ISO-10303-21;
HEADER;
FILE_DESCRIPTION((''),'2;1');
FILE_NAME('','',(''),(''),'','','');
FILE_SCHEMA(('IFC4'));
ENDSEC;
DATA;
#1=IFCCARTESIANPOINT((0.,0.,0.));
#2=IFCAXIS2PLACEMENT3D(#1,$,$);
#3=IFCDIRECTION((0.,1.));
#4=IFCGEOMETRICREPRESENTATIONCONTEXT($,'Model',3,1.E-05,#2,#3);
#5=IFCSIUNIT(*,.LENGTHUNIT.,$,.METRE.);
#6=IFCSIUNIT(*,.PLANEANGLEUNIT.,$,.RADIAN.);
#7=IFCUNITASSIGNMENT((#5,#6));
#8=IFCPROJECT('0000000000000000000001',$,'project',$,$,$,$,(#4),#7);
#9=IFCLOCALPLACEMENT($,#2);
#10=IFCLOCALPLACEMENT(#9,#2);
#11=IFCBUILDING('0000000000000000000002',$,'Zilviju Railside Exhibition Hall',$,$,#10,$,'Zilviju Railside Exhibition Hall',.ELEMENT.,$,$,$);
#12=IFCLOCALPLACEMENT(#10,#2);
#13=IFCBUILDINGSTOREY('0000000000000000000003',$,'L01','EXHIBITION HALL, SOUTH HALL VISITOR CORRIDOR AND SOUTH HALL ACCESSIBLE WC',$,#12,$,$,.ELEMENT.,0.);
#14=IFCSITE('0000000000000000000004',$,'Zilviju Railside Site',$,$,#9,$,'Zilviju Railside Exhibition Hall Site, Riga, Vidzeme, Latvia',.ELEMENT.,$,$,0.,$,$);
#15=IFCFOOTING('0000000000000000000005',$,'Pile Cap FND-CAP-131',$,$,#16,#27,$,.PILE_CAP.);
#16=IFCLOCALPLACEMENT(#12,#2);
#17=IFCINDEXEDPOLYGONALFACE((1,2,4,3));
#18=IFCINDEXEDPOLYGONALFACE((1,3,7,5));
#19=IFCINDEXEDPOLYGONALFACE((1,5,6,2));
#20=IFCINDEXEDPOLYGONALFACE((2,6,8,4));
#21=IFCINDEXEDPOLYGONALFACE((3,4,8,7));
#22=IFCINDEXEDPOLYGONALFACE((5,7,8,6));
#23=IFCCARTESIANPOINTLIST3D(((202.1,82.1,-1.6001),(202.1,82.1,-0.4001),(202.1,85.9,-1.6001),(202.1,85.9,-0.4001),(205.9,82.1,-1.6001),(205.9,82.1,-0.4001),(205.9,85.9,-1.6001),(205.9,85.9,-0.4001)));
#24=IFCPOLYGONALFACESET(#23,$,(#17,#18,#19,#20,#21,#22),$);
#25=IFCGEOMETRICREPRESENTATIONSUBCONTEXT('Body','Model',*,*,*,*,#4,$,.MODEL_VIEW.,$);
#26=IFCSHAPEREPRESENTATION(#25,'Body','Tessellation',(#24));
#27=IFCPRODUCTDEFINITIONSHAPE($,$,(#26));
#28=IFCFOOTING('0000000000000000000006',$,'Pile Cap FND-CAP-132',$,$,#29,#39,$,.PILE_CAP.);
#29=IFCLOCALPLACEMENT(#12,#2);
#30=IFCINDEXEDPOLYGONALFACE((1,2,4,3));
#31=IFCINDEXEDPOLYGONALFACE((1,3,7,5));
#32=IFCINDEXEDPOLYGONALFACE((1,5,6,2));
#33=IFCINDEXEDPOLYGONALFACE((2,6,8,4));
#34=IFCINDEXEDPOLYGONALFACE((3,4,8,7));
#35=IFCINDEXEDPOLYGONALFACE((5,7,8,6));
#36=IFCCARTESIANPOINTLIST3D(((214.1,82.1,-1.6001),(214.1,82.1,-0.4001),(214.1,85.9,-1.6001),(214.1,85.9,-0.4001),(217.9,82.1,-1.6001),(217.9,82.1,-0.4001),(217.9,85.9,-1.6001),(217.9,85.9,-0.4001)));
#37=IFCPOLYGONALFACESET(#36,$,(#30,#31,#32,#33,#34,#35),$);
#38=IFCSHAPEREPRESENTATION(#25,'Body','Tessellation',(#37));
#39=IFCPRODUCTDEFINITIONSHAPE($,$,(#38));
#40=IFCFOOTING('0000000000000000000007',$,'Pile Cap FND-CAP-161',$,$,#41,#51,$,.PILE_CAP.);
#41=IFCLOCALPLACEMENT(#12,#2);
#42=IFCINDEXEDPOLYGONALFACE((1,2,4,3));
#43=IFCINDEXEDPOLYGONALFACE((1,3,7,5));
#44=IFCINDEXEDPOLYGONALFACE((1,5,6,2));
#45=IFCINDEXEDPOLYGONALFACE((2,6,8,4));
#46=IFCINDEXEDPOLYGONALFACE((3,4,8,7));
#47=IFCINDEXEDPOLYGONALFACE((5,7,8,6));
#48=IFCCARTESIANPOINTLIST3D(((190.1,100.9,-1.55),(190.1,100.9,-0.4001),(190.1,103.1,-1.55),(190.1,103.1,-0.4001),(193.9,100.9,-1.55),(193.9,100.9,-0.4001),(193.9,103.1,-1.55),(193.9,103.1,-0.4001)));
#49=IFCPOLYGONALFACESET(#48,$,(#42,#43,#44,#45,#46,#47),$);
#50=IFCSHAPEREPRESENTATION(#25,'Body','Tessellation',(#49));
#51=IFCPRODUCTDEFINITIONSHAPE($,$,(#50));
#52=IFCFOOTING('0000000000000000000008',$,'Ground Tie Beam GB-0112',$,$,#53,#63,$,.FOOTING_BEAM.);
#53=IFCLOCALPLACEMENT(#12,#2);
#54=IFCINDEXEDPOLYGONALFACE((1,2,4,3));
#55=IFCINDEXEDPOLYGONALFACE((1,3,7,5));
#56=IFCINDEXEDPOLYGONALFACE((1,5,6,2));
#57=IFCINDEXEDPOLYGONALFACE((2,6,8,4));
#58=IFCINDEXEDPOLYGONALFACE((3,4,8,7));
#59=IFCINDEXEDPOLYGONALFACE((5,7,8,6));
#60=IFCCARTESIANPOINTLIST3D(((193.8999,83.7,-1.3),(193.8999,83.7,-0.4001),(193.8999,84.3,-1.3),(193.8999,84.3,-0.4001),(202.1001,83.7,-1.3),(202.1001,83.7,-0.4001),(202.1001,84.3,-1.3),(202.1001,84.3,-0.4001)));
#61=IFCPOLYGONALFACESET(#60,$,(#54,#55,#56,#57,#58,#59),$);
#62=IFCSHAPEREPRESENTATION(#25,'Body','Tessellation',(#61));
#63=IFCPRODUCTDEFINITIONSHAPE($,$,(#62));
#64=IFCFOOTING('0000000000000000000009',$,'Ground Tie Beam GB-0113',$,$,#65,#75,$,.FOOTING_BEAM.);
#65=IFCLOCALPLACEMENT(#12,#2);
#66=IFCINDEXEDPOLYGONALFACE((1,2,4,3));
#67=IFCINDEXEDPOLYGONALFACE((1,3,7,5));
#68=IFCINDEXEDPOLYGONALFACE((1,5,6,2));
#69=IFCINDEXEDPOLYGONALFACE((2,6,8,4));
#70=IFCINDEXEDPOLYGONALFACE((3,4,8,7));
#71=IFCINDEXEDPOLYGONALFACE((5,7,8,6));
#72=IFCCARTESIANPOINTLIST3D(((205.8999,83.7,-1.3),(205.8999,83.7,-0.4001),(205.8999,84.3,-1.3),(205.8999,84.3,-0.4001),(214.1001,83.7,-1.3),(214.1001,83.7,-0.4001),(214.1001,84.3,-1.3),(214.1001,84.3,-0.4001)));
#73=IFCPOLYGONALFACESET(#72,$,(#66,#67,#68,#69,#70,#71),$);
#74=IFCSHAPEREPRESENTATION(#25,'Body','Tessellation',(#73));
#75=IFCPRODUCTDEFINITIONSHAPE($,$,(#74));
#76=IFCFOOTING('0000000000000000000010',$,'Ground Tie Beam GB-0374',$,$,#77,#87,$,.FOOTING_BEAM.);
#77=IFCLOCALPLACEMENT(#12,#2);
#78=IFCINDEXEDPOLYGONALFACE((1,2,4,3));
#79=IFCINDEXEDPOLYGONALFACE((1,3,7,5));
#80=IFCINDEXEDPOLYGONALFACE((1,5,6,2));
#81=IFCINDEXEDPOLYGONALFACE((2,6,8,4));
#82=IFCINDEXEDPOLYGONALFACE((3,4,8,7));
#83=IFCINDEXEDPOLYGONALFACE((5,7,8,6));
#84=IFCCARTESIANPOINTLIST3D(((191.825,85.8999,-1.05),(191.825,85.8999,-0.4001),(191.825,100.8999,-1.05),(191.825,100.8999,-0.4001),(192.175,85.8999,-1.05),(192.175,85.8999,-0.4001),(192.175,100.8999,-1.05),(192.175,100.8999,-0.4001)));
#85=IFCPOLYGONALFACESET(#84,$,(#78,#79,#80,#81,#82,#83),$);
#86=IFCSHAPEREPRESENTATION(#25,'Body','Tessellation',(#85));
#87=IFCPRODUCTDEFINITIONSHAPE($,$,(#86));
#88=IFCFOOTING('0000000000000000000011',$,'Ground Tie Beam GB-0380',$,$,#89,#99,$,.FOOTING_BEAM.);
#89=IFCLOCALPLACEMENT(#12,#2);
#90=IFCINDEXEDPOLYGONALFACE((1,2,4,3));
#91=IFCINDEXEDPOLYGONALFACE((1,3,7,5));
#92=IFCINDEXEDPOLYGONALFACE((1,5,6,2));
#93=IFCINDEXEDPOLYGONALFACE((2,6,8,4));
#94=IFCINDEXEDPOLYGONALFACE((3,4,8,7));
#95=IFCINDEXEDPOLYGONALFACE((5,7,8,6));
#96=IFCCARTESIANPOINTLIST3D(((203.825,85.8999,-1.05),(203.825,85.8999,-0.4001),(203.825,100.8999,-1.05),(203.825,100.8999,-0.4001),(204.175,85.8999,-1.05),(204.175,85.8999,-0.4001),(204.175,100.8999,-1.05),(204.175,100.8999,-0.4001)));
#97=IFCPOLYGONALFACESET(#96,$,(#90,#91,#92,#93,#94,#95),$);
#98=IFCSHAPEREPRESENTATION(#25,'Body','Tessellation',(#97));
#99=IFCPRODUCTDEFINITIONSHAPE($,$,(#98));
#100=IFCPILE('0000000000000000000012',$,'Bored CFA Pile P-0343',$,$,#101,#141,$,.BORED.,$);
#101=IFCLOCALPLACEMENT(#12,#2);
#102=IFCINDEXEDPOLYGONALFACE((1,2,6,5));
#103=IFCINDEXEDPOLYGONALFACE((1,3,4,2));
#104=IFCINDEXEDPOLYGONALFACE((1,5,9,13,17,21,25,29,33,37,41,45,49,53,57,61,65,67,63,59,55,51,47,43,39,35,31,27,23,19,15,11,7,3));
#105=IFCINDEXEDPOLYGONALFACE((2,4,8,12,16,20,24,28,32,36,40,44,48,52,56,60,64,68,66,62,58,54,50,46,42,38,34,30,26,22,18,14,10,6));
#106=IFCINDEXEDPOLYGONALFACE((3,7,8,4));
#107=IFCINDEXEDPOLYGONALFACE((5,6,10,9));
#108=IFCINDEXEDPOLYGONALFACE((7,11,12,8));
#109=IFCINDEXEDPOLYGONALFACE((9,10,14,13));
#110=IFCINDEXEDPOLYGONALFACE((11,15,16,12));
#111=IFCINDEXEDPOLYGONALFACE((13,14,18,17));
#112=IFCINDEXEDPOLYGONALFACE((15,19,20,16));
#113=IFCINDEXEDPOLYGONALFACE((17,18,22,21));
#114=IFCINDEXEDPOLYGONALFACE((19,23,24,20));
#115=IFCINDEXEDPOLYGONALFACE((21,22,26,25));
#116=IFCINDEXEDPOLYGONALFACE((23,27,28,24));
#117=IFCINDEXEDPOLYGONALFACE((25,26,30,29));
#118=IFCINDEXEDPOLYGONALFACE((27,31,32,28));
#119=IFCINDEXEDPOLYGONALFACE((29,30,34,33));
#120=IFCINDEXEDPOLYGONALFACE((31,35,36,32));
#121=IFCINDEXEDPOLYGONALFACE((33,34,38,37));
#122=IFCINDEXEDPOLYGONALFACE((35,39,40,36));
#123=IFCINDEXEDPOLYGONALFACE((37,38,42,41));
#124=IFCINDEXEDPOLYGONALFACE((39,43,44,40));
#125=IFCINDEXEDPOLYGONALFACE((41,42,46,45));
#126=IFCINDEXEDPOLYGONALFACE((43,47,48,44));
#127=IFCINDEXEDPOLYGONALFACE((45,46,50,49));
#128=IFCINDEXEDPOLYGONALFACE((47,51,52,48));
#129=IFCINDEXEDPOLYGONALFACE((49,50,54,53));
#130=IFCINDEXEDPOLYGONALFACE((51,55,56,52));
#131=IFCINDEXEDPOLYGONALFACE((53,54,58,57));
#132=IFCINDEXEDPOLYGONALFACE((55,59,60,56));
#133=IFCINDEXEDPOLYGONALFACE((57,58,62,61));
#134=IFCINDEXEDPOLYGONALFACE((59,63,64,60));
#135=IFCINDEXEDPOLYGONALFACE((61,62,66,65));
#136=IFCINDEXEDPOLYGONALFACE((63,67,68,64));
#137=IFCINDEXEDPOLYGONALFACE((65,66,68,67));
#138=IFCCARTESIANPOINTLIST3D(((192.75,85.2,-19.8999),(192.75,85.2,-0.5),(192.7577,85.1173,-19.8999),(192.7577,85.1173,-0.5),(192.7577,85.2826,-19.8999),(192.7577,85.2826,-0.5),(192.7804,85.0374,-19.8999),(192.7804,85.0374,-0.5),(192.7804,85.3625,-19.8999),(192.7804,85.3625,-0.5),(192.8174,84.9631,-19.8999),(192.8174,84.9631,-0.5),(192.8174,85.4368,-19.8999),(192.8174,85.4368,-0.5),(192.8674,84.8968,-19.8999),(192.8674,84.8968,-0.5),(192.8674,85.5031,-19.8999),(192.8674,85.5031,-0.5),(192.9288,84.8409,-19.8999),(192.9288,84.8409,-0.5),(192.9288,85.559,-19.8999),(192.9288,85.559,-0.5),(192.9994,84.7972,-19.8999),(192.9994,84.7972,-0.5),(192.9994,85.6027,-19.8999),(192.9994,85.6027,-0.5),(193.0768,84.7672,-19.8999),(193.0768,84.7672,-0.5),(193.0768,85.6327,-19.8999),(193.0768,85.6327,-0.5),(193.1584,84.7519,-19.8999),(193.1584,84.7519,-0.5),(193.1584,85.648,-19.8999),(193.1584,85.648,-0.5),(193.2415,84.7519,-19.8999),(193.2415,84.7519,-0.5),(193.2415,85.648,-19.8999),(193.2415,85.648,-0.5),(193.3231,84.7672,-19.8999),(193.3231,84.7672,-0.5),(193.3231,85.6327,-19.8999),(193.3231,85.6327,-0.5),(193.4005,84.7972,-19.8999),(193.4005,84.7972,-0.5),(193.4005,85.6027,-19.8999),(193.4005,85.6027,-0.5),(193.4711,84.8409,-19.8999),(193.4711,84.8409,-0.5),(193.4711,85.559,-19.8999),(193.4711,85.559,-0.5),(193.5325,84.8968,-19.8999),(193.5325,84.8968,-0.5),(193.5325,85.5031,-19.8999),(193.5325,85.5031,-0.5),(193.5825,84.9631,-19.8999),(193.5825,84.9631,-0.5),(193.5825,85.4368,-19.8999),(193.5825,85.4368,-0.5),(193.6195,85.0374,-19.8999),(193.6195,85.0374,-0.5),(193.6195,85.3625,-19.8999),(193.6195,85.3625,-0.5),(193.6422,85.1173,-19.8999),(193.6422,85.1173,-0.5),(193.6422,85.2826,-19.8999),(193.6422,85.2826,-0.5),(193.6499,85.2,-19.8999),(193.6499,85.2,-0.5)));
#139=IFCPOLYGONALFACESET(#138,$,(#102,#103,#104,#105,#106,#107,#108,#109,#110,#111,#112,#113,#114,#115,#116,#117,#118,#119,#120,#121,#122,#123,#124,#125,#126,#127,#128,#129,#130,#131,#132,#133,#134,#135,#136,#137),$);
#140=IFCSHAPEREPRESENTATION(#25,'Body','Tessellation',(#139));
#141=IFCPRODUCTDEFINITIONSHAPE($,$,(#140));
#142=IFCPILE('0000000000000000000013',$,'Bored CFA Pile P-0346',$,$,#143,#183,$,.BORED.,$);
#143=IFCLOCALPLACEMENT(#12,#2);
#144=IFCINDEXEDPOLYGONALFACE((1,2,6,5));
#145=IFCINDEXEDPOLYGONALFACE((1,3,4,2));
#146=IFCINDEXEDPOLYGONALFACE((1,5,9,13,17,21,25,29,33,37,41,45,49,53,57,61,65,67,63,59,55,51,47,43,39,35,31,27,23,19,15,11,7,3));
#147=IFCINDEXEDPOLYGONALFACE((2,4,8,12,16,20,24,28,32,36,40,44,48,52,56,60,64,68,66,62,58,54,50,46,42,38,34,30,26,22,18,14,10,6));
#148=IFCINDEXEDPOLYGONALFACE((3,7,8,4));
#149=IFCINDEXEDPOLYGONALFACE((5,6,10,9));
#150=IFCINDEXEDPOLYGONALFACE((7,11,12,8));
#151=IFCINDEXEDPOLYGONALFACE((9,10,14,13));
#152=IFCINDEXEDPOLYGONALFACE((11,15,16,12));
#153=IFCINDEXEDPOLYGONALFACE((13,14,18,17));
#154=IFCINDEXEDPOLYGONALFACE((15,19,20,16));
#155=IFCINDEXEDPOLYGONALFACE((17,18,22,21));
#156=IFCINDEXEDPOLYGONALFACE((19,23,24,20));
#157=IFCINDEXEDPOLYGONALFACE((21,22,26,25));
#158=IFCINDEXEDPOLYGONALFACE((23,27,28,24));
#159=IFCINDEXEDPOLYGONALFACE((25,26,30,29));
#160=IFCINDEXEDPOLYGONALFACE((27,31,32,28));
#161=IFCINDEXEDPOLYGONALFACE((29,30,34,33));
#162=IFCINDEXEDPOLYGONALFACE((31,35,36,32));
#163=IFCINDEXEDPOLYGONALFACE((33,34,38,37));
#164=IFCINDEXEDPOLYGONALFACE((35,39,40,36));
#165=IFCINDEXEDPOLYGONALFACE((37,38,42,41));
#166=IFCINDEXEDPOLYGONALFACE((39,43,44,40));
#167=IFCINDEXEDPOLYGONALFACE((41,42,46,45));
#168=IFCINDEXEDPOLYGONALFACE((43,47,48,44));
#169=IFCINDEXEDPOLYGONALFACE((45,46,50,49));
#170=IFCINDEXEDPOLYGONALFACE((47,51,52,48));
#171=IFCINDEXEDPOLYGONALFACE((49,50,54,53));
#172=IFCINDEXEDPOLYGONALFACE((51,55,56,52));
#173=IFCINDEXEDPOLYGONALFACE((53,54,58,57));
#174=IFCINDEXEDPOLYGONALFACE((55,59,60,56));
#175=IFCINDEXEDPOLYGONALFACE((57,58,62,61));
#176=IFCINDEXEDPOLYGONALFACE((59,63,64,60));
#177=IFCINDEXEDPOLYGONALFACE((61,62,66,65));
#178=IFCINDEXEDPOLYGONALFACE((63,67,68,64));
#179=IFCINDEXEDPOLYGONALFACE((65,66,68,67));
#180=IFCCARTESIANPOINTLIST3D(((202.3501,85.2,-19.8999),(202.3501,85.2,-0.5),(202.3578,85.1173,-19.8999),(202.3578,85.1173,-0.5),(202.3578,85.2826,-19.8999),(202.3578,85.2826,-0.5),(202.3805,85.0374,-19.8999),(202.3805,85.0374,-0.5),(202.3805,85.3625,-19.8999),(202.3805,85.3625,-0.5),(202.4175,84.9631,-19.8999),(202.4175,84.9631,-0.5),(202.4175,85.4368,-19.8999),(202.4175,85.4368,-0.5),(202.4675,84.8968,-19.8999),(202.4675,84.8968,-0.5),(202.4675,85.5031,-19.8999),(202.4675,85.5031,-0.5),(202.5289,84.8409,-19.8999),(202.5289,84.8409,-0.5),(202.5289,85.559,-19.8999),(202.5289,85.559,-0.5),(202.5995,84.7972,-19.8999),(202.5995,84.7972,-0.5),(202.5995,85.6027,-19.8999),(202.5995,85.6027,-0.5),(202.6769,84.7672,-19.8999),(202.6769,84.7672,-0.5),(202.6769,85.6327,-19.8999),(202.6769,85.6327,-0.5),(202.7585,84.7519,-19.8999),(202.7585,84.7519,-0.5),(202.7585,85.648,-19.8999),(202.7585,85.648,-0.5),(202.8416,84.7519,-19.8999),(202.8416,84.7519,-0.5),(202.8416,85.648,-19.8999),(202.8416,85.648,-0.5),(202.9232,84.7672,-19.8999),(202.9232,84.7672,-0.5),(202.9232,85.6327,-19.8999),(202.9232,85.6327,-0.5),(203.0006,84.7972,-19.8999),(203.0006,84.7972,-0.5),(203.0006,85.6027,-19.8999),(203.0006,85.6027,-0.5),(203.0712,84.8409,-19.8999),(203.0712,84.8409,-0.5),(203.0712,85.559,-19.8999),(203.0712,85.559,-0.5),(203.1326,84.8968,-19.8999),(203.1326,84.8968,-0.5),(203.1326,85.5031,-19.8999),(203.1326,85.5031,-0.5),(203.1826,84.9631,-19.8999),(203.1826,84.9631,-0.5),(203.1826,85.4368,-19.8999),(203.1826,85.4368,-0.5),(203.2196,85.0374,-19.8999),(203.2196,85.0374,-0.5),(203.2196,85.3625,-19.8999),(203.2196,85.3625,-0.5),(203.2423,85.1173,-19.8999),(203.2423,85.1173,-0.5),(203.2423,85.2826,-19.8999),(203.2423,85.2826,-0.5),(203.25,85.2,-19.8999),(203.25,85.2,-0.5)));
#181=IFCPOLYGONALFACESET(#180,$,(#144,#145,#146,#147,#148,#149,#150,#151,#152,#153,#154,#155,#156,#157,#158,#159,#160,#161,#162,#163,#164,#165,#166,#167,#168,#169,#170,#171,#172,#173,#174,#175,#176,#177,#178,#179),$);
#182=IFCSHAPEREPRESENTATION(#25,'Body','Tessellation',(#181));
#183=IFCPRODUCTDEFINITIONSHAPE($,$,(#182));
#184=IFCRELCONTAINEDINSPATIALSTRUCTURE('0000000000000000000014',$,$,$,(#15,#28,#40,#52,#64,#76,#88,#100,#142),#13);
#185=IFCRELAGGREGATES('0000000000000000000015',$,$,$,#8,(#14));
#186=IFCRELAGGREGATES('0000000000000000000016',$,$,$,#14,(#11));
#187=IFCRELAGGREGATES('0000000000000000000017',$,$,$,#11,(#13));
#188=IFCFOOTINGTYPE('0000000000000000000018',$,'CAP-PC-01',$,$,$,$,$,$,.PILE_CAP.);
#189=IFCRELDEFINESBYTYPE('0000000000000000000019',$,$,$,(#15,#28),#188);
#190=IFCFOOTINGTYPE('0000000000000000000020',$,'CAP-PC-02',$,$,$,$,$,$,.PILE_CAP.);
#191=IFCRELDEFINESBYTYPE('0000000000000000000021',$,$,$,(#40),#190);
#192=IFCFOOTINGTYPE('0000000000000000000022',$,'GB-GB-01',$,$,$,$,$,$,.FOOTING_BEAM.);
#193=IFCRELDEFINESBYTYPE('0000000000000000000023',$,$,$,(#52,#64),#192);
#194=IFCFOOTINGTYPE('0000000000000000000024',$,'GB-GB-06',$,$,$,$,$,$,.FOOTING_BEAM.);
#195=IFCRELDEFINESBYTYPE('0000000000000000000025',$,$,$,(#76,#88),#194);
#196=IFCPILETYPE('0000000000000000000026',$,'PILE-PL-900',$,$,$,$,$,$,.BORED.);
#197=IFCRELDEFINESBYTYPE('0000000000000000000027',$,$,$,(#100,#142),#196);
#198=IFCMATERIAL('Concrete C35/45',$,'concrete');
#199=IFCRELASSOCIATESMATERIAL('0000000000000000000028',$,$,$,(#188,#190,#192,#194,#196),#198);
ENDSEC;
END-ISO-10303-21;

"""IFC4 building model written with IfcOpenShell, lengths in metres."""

from ifc_helpers import new_model, si_unit, direction, frame, origin, origin_2d, place, context, subcontext, project, spatial, rectangle, circle, extrude, material, material_profile, profile_set, type_object, element, save


model = new_model("IFC4")

# Units and contexts
model_context = context("Model", 3, precision=1e-05, world=origin(), true_north=direction((0.0, 1.0)))
body_context = subcontext(model_context, "Body", "Model", "MODEL_VIEW")
ifc_project = project(units=[si_unit("LENGTHUNIT", "METRE"), si_unit("PLANEANGLEUNIT", "RADIAN")], contexts=[model_context])

# Site, building, storey
site_placement = place(None, origin())
site = spatial("IfcSite", under=ifc_project, at=site_placement, Name="Zilviju Railside Site", LongName="Zilviju Railside Exhibition Hall Site, Riga, Vidzeme, Latvia", CompositionType="ELEMENT", RefElevation=0.0)
building_placement = place(site_placement, origin())
building = spatial("IfcBuilding", under=site, at=building_placement, Name="Zilviju Railside Exhibition Hall", LongName="Zilviju Railside Exhibition Hall", CompositionType="ELEMENT")
storey_placement = place(building_placement, origin())
storey = spatial("IfcBuildingStorey", under=building, at=storey_placement, Name="L01", Description="EXHIBITION HALL, SOUTH HALL VISITOR CORRIDOR AND SOUTH HALL ACCESSIBLE WC", CompositionType="ELEMENT", Elevation=0.0)

# Footings
ifc_material_1 = material(Name="Concrete C35/45", Category="concrete")
footing_type_1 = type_object("IfcFootingType", Name="CAP-PC-01", PredefinedType="PILE_CAP", material=ifc_material_1)
for number, where, z_axis, x_axis, name in (
    (1, (204.0, 84.0, -1.6001), (0.0, 0.0, 1.0), (1.0, 0.0, 0.0), "Pile Cap FND-CAP-131"),
    (2, (216.0, 84.0, -1.6001), (0.0, 0.0, 1.0), (1.0, 0.0, 0.0), "Pile Cap FND-CAP-132"),
):
    element("IfcFooting", number, at=place(storey_placement, frame(where, z_axis=z_axis, x_axis=x_axis)), inside=storey, type_object=footing_type_1, Name=name, PredefinedType="PILE_CAP", context=body_context, shape_type="SweptSolid", body=[
        extrude(rectangle(XDim=3.8, YDim=3.8, at=origin_2d()), origin(), (0.0, 0.0, 1.0), 1.2),
    ])
footing_type_2 = type_object("IfcFootingType", Name="CAP-PC-02", PredefinedType="PILE_CAP", material=ifc_material_1)
footing_placement = place(storey_placement, frame((192.0, 102.0, -1.55), z_axis=(0.0, 0.0, 1.0), x_axis=(1.0, 0.0, 0.0)))
element("IfcFooting", 3, at=footing_placement, inside=storey, type_object=footing_type_2, Name="Pile Cap FND-CAP-161", PredefinedType="PILE_CAP", context=body_context, shape_type="SweptSolid", body=[
    extrude(rectangle(XDim=3.8, YDim=2.2, at=origin_2d()), origin(), (0.0, 0.0, 1.0), 1.1499),
])
ifc_material_profile_1 = material_profile(ifc_material_1, rectangle(XDim=0.6001, YDim=0.8999, at=origin_2d()), Name="TIE BEAM 600x900")
ifc_profile_set_1 = profile_set([ifc_material_profile_1], Name="Concrete C35/45")
footing_type_3 = type_object("IfcFootingType", Name="GB-GB-01", PredefinedType="FOOTING_BEAM", material=ifc_profile_set_1)
for number, where, z_axis, x_axis, name in (
    (4, (193.8999, 84.0, -0.8501), (1.0, 0.0, 0.0), (0.0, 1.0, 0.0), "Ground Tie Beam GB-0112"),
    (5, (205.8999, 84.0, -0.8501), (1.0, 0.0, 0.0), (0.0, 1.0, 0.0), "Ground Tie Beam GB-0113"),
):
    element("IfcFooting", number, at=place(storey_placement, frame(where, z_axis=z_axis, x_axis=x_axis)), inside=storey, type_object=footing_type_3, Name=name, PredefinedType="FOOTING_BEAM", context=body_context, shape_type="SweptSolid", body=[
        extrude(rectangle(XDim=0.6001, YDim=0.8999, at=origin_2d()), origin(), (0.0, 0.0, 1.0), 8.2002),
    ])
ifc_material_profile_2 = material_profile(ifc_material_1, rectangle(XDim=0.3501, YDim=0.6499, at=origin_2d()), Name="TIE BEAM 350x650")
ifc_profile_set_2 = profile_set([ifc_material_profile_2], Name="Concrete C35/45")
footing_type_4 = type_object("IfcFootingType", Name="GB-GB-06", PredefinedType="FOOTING_BEAM", material=ifc_profile_set_2)
for number, where, z_axis, x_axis, name in (
    (6, (192.0, 85.8999, -0.7251), (0.0, 1.0, 0.0), (-1.0, 0.0, 0.0), "Ground Tie Beam GB-0374"),
    (7, (204.0, 85.8999, -0.7251), (0.0, 1.0, 0.0), (-1.0, 0.0, 0.0), "Ground Tie Beam GB-0380"),
):
    element("IfcFooting", number, at=place(storey_placement, frame(where, z_axis=z_axis, x_axis=x_axis)), inside=storey, type_object=footing_type_4, Name=name, PredefinedType="FOOTING_BEAM", context=body_context, shape_type="SweptSolid", body=[
        extrude(rectangle(XDim=0.3501, YDim=0.6499, at=origin_2d()), origin(), (0.0, 0.0, 1.0), 15.0),
    ])

# Piles
ifc_material_profile_3 = material_profile(ifc_material_1, circle(Radius=0.45, at=origin_2d()), Name="CFA PILE D900")
ifc_profile_set_3 = profile_set([ifc_material_profile_3], Name="Concrete C35/45")
pile_type = type_object("IfcPileType", Name="PILE-PL-900", PredefinedType="BORED", material=ifc_profile_set_3)
for number, where, z_axis, x_axis, name in (
    (8, (193.2, 85.2, -0.5), (0.0, 0.0, -1.0), (1.0, 0.0, 0.0), "Bored CFA Pile P-0343"),
    (9, (202.8, 85.2, -0.5), (0.0, 0.0, -1.0), (1.0, 0.0, 0.0), "Bored CFA Pile P-0346"),
):
    element("IfcPile", number, at=place(storey_placement, frame(where, z_axis=z_axis, x_axis=x_axis)), inside=storey, type_object=pile_type, Name=name, PredefinedType="BORED", context=body_context, shape_type="SweptSolid", body=[
        extrude(circle(Radius=0.45, at=origin_2d()), origin(), (0.0, 0.0, 1.0), 19.3999),
    ])

save(model, "model.ifc")
